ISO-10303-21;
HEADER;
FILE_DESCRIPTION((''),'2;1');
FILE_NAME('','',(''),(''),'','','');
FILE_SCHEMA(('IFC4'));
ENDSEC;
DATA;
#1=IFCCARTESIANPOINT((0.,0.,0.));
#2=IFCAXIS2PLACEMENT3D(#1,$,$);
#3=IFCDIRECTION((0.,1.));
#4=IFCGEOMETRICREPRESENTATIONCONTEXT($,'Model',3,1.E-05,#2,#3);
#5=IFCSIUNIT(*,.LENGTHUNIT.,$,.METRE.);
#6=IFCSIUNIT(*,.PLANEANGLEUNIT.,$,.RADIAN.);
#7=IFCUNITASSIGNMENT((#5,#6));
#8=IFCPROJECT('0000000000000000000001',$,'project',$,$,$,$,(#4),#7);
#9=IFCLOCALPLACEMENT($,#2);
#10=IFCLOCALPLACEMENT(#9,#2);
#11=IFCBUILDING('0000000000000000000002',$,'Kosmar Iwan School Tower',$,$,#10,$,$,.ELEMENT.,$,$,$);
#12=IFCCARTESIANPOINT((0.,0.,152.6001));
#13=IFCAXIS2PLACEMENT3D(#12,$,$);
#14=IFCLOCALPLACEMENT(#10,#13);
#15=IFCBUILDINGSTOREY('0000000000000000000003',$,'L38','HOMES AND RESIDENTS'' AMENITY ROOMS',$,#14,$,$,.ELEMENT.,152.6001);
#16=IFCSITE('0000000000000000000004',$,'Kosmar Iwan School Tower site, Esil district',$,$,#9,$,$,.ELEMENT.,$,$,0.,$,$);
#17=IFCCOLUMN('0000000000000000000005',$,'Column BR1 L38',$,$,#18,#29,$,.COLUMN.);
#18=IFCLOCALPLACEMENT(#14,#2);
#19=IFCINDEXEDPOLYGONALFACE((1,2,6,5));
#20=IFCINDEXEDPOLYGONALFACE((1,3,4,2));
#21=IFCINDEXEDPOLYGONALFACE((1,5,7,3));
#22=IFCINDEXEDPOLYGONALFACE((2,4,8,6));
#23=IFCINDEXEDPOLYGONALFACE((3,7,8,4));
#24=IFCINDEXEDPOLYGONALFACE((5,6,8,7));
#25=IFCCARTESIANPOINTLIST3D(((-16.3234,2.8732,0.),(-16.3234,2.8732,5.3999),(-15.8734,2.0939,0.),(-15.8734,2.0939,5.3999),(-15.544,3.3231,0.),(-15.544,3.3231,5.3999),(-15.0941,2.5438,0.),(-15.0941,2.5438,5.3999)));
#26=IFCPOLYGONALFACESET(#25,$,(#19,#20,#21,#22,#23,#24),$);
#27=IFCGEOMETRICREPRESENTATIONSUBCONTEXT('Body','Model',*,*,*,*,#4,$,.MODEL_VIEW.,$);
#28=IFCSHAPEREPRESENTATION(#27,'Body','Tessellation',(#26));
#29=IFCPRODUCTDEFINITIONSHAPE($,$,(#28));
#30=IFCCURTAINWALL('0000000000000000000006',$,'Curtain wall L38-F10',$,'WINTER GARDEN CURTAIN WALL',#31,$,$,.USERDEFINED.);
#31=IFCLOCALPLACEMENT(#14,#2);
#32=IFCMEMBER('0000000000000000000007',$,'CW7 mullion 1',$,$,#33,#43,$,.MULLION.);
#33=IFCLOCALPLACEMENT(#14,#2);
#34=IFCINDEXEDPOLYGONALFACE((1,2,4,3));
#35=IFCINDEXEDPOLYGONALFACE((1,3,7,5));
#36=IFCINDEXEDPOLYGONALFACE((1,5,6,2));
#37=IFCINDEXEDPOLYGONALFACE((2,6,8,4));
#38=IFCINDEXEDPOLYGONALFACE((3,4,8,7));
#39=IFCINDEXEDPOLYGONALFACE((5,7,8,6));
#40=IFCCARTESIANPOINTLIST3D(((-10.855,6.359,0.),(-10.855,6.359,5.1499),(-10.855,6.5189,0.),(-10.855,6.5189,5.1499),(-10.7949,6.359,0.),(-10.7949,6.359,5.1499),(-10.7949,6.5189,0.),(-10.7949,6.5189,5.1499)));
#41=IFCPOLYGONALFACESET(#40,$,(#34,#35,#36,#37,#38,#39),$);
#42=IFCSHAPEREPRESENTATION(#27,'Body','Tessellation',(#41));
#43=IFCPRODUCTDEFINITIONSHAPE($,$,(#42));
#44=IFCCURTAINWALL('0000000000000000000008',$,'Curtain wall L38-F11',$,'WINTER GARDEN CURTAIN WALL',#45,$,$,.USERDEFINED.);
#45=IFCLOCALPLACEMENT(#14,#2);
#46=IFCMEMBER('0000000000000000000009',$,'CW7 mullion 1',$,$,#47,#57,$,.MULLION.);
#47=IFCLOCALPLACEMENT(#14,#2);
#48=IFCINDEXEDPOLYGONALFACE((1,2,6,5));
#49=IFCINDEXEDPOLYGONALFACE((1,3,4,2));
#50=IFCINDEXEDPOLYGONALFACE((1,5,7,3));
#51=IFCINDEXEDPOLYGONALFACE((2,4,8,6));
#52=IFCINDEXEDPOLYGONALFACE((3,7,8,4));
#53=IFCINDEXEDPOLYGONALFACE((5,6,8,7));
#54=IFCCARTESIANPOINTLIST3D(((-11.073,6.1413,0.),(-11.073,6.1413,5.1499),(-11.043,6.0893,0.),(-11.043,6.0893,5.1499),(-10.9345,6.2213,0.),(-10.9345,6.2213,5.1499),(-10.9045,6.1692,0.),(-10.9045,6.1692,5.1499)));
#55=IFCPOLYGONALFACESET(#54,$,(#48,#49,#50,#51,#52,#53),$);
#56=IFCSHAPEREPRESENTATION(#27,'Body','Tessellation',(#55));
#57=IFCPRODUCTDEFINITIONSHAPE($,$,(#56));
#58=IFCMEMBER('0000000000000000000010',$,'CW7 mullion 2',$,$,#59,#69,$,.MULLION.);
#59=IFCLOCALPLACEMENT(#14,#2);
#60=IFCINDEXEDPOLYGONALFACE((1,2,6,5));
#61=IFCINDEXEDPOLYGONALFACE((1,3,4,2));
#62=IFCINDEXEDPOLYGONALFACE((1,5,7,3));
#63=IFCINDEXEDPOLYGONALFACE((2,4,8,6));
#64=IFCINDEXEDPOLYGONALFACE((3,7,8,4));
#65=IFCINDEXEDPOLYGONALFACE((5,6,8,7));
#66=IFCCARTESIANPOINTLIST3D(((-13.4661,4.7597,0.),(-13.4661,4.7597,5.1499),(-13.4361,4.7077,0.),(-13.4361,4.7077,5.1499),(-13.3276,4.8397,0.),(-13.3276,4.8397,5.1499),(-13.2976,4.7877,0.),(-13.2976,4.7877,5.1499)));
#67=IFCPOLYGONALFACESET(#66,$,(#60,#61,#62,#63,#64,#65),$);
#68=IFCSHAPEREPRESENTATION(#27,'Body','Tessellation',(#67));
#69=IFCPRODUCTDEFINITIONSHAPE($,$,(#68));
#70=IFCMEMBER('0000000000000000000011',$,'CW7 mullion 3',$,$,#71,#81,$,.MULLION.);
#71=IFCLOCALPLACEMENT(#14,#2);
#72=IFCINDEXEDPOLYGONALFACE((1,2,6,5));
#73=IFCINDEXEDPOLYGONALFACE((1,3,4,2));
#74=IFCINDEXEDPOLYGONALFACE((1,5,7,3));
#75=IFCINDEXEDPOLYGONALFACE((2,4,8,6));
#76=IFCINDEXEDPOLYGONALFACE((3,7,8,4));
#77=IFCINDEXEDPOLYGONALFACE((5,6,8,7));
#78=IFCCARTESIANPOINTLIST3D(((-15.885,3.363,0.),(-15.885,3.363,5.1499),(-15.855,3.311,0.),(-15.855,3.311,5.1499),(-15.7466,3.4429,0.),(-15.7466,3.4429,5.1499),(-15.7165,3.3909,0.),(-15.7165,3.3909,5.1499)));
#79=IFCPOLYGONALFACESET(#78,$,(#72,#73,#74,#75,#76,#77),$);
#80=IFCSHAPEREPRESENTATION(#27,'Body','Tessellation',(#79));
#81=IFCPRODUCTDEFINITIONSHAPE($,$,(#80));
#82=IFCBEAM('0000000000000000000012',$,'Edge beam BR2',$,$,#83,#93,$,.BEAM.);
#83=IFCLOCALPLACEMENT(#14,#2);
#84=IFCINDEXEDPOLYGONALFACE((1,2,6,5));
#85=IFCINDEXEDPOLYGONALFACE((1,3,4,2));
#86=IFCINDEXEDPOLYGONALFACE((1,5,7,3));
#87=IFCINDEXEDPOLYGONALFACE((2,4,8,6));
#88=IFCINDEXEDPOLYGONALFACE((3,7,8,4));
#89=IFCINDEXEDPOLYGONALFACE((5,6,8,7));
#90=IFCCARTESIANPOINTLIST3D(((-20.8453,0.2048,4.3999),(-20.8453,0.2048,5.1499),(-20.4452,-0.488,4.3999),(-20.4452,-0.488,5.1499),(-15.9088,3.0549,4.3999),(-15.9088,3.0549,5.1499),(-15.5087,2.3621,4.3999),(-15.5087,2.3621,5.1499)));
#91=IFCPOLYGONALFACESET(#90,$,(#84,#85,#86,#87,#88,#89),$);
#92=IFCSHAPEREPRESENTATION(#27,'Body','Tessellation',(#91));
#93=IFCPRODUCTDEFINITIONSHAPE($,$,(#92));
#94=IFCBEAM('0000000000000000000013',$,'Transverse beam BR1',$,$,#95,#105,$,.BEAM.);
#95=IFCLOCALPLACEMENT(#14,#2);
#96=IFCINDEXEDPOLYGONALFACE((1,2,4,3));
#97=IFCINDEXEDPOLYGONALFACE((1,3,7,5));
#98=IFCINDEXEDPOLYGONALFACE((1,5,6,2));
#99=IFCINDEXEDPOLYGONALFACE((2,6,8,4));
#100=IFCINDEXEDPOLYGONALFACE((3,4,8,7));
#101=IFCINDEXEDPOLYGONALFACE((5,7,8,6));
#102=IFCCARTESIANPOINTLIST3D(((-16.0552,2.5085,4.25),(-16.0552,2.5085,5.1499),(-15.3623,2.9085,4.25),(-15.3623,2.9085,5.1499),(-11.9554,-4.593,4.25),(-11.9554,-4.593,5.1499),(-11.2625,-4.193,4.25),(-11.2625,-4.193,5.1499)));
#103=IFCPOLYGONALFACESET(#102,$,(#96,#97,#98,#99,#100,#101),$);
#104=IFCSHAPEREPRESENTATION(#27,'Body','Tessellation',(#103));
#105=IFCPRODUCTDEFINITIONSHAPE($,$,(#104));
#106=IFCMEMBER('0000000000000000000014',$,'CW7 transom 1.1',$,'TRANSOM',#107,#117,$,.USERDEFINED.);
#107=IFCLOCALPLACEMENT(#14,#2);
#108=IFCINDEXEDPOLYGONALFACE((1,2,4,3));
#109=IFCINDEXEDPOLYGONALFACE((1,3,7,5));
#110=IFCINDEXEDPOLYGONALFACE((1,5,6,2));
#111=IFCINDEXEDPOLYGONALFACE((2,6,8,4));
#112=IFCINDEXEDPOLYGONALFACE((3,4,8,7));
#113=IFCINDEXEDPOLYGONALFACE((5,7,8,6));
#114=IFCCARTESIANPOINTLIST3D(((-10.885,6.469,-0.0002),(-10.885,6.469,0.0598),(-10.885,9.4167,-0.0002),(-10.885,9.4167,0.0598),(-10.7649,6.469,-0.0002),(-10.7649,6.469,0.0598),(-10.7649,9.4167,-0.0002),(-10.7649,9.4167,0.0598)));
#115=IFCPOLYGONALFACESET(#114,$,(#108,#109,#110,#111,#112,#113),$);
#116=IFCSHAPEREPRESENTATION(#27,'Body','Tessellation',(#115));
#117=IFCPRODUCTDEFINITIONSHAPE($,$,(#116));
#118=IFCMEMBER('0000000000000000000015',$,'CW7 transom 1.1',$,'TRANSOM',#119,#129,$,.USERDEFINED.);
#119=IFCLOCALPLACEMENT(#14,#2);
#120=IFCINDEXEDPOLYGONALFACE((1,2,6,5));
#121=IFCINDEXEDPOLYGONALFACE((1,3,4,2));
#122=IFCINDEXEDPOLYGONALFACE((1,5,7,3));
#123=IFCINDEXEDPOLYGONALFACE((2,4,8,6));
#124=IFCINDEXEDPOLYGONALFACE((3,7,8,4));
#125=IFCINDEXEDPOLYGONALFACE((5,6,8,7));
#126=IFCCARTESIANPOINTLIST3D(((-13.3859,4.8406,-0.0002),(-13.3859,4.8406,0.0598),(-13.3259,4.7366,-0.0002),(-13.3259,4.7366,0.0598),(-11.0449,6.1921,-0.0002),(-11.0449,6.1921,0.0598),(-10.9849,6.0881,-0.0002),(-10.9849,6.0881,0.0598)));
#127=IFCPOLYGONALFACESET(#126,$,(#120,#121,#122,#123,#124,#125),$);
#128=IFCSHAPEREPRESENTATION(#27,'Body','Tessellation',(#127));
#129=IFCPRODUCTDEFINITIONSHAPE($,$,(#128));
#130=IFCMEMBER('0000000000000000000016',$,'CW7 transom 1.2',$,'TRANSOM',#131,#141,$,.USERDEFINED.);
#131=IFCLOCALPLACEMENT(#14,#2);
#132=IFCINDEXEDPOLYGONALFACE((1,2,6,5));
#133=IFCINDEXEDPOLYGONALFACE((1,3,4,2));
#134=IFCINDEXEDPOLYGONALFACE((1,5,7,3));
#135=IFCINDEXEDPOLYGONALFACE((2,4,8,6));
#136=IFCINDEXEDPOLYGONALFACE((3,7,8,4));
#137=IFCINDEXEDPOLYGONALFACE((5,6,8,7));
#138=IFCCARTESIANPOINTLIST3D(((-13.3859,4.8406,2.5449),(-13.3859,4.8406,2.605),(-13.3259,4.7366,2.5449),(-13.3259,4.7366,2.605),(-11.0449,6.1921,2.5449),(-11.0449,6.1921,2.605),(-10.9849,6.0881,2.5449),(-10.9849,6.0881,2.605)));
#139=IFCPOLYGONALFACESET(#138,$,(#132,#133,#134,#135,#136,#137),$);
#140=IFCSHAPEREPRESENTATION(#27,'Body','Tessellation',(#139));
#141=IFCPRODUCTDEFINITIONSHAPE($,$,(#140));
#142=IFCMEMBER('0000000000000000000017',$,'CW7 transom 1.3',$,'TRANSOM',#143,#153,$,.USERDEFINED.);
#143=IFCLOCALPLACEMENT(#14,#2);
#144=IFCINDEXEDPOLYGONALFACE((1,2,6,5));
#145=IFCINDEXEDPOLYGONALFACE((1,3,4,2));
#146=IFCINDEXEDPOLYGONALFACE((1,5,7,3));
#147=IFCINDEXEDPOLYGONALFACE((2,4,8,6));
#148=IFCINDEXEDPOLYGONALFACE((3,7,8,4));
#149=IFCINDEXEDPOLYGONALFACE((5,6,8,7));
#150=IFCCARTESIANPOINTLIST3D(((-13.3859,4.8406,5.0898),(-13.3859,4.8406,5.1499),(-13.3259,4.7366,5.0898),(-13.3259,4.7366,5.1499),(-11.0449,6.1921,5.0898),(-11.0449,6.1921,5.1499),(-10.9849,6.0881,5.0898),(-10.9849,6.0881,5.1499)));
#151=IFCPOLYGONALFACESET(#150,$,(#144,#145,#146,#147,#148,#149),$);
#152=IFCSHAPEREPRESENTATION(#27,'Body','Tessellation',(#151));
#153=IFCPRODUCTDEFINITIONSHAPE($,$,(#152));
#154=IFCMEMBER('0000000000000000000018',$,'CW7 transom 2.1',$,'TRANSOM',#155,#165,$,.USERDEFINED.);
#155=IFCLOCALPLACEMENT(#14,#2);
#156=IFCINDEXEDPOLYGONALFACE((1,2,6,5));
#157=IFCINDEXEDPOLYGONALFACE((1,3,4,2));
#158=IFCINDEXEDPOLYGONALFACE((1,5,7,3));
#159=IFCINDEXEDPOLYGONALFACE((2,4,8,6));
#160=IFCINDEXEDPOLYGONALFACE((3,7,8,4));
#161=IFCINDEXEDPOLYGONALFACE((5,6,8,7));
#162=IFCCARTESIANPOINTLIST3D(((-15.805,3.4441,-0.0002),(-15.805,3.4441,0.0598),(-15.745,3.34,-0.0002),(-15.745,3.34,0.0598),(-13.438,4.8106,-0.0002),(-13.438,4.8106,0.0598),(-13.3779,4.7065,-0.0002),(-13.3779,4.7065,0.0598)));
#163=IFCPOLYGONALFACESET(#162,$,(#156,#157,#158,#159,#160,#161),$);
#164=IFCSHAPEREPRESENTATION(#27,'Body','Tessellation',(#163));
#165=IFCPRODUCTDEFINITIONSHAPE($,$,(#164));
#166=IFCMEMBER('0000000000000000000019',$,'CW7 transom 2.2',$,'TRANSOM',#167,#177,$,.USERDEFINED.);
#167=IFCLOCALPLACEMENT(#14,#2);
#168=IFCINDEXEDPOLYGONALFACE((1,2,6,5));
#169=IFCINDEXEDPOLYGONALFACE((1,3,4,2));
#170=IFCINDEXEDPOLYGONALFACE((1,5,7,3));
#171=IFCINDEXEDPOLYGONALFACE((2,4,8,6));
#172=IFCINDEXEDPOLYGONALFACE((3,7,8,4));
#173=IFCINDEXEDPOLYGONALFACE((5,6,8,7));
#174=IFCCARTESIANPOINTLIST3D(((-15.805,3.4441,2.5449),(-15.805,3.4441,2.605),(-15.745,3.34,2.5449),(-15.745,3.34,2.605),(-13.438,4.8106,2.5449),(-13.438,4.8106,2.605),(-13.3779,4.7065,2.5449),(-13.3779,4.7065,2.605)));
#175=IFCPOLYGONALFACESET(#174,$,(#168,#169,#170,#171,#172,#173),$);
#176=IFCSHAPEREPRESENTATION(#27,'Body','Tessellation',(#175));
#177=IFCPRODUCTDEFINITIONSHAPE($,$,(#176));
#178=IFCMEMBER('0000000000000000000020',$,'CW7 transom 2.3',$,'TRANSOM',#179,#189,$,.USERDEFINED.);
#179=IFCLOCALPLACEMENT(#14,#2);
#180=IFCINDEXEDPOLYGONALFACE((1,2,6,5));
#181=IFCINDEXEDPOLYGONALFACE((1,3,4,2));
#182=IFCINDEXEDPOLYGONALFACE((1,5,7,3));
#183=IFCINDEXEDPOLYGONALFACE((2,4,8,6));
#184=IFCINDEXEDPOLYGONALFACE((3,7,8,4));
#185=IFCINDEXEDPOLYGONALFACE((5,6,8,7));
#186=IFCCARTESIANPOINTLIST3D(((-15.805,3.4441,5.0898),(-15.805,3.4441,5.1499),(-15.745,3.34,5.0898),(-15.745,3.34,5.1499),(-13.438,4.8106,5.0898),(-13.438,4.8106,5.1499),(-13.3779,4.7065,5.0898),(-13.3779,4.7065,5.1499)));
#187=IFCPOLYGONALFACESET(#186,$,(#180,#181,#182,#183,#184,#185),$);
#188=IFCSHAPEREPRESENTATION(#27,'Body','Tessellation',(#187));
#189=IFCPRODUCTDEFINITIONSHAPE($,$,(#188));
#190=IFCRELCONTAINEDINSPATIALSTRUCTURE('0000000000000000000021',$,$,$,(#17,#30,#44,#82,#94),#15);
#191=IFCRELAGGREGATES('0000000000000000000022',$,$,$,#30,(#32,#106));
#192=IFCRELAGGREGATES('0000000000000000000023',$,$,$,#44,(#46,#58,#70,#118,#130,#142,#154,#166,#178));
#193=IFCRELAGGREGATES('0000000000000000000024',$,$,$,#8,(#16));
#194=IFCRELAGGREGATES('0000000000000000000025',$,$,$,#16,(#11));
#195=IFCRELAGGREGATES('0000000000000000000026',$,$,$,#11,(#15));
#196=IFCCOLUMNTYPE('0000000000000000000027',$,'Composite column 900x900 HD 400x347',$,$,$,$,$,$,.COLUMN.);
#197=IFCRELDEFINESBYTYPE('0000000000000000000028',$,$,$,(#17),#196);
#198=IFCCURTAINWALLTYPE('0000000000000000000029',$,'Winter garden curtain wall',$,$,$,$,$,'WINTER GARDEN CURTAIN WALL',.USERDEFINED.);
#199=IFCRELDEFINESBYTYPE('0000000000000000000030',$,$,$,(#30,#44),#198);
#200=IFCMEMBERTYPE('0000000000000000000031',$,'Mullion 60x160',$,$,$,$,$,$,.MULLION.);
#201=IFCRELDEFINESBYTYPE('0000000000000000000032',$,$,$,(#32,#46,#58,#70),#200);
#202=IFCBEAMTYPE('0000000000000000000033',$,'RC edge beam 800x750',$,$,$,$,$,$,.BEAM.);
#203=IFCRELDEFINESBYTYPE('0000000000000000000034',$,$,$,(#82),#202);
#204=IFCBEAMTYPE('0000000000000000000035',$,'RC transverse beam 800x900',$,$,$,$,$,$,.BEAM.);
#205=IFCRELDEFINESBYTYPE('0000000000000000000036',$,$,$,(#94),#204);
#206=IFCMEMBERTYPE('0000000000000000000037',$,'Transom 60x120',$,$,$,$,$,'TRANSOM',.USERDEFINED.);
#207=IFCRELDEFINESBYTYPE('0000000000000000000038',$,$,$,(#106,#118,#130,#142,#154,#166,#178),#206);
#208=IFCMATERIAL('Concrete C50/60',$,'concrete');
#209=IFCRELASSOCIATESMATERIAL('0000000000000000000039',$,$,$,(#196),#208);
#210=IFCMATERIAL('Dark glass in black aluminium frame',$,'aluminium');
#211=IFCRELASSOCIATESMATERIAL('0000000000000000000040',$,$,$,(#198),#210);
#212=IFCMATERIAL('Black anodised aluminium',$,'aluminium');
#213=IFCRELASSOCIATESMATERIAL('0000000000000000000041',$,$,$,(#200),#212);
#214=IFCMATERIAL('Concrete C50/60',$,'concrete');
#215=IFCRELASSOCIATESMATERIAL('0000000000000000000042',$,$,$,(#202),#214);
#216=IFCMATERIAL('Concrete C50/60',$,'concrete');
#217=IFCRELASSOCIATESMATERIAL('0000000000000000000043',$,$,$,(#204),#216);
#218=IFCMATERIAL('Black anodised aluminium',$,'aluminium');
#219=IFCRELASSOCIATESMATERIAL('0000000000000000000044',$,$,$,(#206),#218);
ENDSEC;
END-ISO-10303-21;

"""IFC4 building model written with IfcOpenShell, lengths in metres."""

from ifc_helpers import new_model, si_unit, direction, frame, origin, origin_2d, place, context, subcontext, project, spatial, rectangle, extrude, material, material_profile, profile_set, type_object, element, aggregate, save


model = new_model("IFC4")

# Units and contexts
model_context = context("Model", 3, precision=1e-05, world=origin(), true_north=direction((0.0, 1.0)))
body_context = subcontext(model_context, "Body", "Model", "MODEL_VIEW")
ifc_project = project(units=[si_unit("LENGTHUNIT", "METRE"), si_unit("PLANEANGLEUNIT", "RADIAN")], contexts=[model_context])

# Site, building, storey
site_placement = place(None, origin())
site = spatial("IfcSite", under=ifc_project, at=site_placement, Name="Kosmar Iwan School Tower site, Esil district", CompositionType="ELEMENT", RefElevation=0.0)
building_placement = place(site_placement, origin())
building = spatial("IfcBuilding", under=site, at=building_placement, Name="Kosmar Iwan School Tower", CompositionType="ELEMENT")
storey_placement = place(building_placement, frame((0.0, 0.0, 152.6001)))
storey = spatial("IfcBuildingStorey", under=building, at=storey_placement, Name="L38", Description="HOMES AND RESIDENTS' AMENITY ROOMS", CompositionType="ELEMENT", Elevation=152.6001)

# Column
ifc_material_1 = material(Name="Concrete C50/60", Category="concrete")
ifc_material_profile_1 = material_profile(ifc_material_1, rectangle(XDim=0.8999, YDim=0.8999, at=origin_2d()), Name="RC 900x900 + HD 400x347")
ifc_profile_set_1 = profile_set([ifc_material_profile_1], Name="Concrete C50/60")
column_type = type_object("IfcColumnType", Name="Composite column 900x900 HD 400x347", PredefinedType="COLUMN", material=ifc_profile_set_1)
column_placement = place(storey_placement, frame((-15.7087, 2.7085, 0.0), z_axis=(0.0, 0.0, 1.0), x_axis=(-0.866025, -0.5, 0.0)))
element("IfcColumn", 1, at=column_placement, inside=storey, type_object=column_type, Name="Column BR1 L38", PredefinedType="COLUMN", context=body_context, shape_type="SweptSolid", body=[
    extrude(rectangle(XDim=0.8999, YDim=0.8999, at=origin_2d()), origin(), (0.0, 0.0, 1.0), 5.3999),
])

# Curtain wall, member
ifc_material_2 = material(Name="Dark glass in black aluminium frame", Category="aluminium")
curtain_wall_type = type_object("IfcCurtainWallType", Name="Winter garden curtain wall", ElementType="WINTER GARDEN CURTAIN WALL", PredefinedType="USERDEFINED", material=ifc_material_2)
curtain_wall_1_placement = place(storey_placement, origin())
curtain_wall_1 = element("IfcCurtainWall", 2, at=curtain_wall_1_placement, inside=storey, type_object=curtain_wall_type, Name="Curtain wall L38-F10", ObjectType="WINTER GARDEN CURTAIN WALL", PredefinedType="USERDEFINED")
ifc_material_3 = material(Name="Black anodised aluminium", Category="aluminium")
ifc_material_profile_2 = material_profile(ifc_material_3, rectangle(XDim=0.0601, YDim=0.1599, at=origin_2d()), Name="MULLION 60x160")
ifc_profile_set_2 = profile_set([ifc_material_profile_2], Name="Black anodised aluminium")
member_type_1 = type_object("IfcMemberType", Name="Mullion 60x160", PredefinedType="MULLION", material=ifc_profile_set_2)
member_1_placement = place(storey_placement, frame((-10.825, 6.439, 0.0), z_axis=(0.0, 0.0, 1.0), x_axis=(-1.0, 0.0, 0.0)))
member_1 = element("IfcMember", 3, at=member_1_placement, type_object=member_type_1, Name="CW7 mullion 1", PredefinedType="MULLION", context=body_context, shape_type="SweptSolid", body=[
    extrude(rectangle(XDim=0.0601, YDim=0.1599, at=origin_2d()), origin(), (0.0, 0.0, 1.0), 5.1499),
])

# Curtain wall, members
curtain_wall_2_placement = place(storey_placement, origin())
curtain_wall_2 = element("IfcCurtainWall", 4, at=curtain_wall_2_placement, inside=storey, type_object=curtain_wall_type, Name="Curtain wall L38-F11", ObjectType="WINTER GARDEN CURTAIN WALL", PredefinedType="USERDEFINED")
member_2_placement = place(storey_placement, frame((-10.9888, 6.1553, 0.0), z_axis=(0.0, 0.0, 1.0), x_axis=(0.5, -0.866025, 0.0)))
member_2 = element("IfcMember", 5, at=member_2_placement, type_object=member_type_1, Name="CW7 mullion 1", PredefinedType="MULLION", context=body_context, shape_type="SweptSolid", body=[
    extrude(rectangle(XDim=0.0601, YDim=0.1599, at=origin_2d()), origin(), (0.0, 0.0, 1.0), 5.1499),
])
member_3_placement = place(storey_placement, frame((-13.3818, 4.7737, 0.0), z_axis=(0.0, 0.0, 1.0), x_axis=(0.5, -0.866025, 0.0)))
member_3 = element("IfcMember", 6, at=member_3_placement, type_object=member_type_1, Name="CW7 mullion 2", PredefinedType="MULLION", context=body_context, shape_type="SweptSolid", body=[
    extrude(rectangle(XDim=0.0601, YDim=0.1599, at=origin_2d()), origin(), (0.0, 0.0, 1.0), 5.1499),
])
member_4_placement = place(storey_placement, frame((-15.8008, 3.377, 0.0), z_axis=(0.0, 0.0, 1.0), x_axis=(0.5, -0.866025, 0.0)))
member_4 = element("IfcMember", 7, at=member_4_placement, type_object=member_type_1, Name="CW7 mullion 3", PredefinedType="MULLION", context=body_context, shape_type="SweptSolid", body=[
    extrude(rectangle(XDim=0.0601, YDim=0.1599, at=origin_2d()), origin(), (0.0, 0.0, 1.0), 5.1499),
])

# Beams
ifc_material_4 = material(Name="Concrete C50/60", Category="concrete")
ifc_material_profile_3 = material_profile(ifc_material_4, rectangle(XDim=0.8, YDim=0.75, at=origin_2d()), Name="RC 800x750")
ifc_profile_set_3 = profile_set([ifc_material_profile_3], Name="Concrete C50/60")
beam_type_1 = type_object("IfcBeamType", Name="RC edge beam 800x750", PredefinedType="BEAM", material=ifc_profile_set_3)
beam_1_placement = place(storey_placement, frame((-15.7087, 2.7085, 4.7749), z_axis=(-0.866026, -0.499999, 0.0), x_axis=(0.499999, -0.866026, 0.0)))
element("IfcBeam", 8, at=beam_1_placement, inside=storey, type_object=beam_type_1, Name="Edge beam BR2", PredefinedType="BEAM", context=body_context, shape_type="SweptSolid", body=[
    extrude(rectangle(XDim=0.8, YDim=0.75, at=origin_2d()), origin(), (0.0, 0.0, 1.0), 5.7002),
])
ifc_material_5 = material(Name="Concrete C50/60", Category="concrete")
ifc_material_profile_4 = material_profile(ifc_material_5, rectangle(XDim=0.8, YDim=0.8999, at=origin_2d()), Name="RC 800x900")
ifc_profile_set_4 = profile_set([ifc_material_profile_4], Name="Concrete C50/60")
beam_type_2 = type_object("IfcBeamType", Name="RC transverse beam 800x900", PredefinedType="BEAM", material=ifc_profile_set_4)
beam_2_placement = place(storey_placement, frame((-15.7087, 2.7085, 4.7), z_axis=(0.499978, -0.866038, 0.0), x_axis=(0.866038, 0.499978, 0.0)))
element("IfcBeam", 9, at=beam_2_placement, inside=storey, type_object=beam_type_2, Name="Transverse beam BR1", PredefinedType="BEAM", context=body_context, shape_type="SweptSolid", body=[
    extrude(rectangle(XDim=0.8, YDim=0.8999, at=origin_2d()), origin(), (0.0, 0.0, 1.0), 8.2),
])

# Members
ifc_material_6 = material(Name="Black anodised aluminium", Category="aluminium")
ifc_material_profile_5 = material_profile(ifc_material_6, rectangle(XDim=0.1201, YDim=0.0601, at=origin_2d()), Name="TRANSOM 60x120")
ifc_profile_set_5 = profile_set([ifc_material_profile_5], Name="Black anodised aluminium")
member_type_2 = type_object("IfcMemberType", Name="Transom 60x120", ElementType="TRANSOM", PredefinedType="USERDEFINED", material=ifc_profile_set_5)
member_5_placement = place(storey_placement, frame((-10.825, 6.469, 0.0298), z_axis=(0.0, 1.0, 0.0), x_axis=(-1.0, 0.0, 0.0)))
member_5 = element("IfcMember", 10, at=member_5_placement, type_object=member_type_2, Name="CW7 transom 1.1", ObjectType="TRANSOM", PredefinedType="USERDEFINED", context=body_context, shape_type="SweptSolid", body=[
    extrude(rectangle(XDim=0.1201, YDim=0.0601, at=origin_2d()), origin(), (0.0, 0.0, 1.0), 2.9478),
])
aggregate(curtain_wall_1, [member_1, member_5])
member_6_placement = place(storey_placement, frame((-11.0149, 6.1401, 0.0298), z_axis=(-0.866034, -0.499986, 0.0), x_axis=(0.499986, -0.866034, 0.0)))
member_6 = element("IfcMember", 11, at=member_6_placement, type_object=member_type_2, Name="CW7 transom 1.1", ObjectType="TRANSOM", PredefinedType="USERDEFINED", context=body_context, shape_type="SweptSolid", body=[
    extrude(rectangle(XDim=0.1201, YDim=0.0601, at=origin_2d()), origin(), (0.0, 0.0, 1.0), 2.7031),
])
member_7_placement = place(storey_placement, frame((-11.0149, 6.1401, 2.575), z_axis=(-0.866034, -0.499986, 0.0), x_axis=(0.499986, -0.866034, 0.0)))
member_7 = element("IfcMember", 12, at=member_7_placement, type_object=member_type_2, Name="CW7 transom 1.2", ObjectType="TRANSOM", PredefinedType="USERDEFINED", context=body_context, shape_type="SweptSolid", body=[
    extrude(rectangle(XDim=0.1201, YDim=0.0601, at=origin_2d()), origin(), (0.0, 0.0, 1.0), 2.7031),
])
member_8_placement = place(storey_placement, frame((-11.0149, 6.1401, 5.1199), z_axis=(-0.866034, -0.499986, 0.0), x_axis=(0.499986, -0.866034, 0.0)))
member_8 = element("IfcMember", 13, at=member_8_placement, type_object=member_type_2, Name="CW7 transom 1.3", ObjectType="TRANSOM", PredefinedType="USERDEFINED", context=body_context, shape_type="SweptSolid", body=[
    extrude(rectangle(XDim=0.1201, YDim=0.0601, at=origin_2d()), origin(), (0.0, 0.0, 1.0), 2.7031),
])
member_9_placement = place(storey_placement, frame((-13.408, 4.7585, 0.0298), z_axis=(-0.866041, -0.499972, 0.0), x_axis=(0.499972, -0.866041, 0.0)))
member_9 = element("IfcMember", 14, at=member_9_placement, type_object=member_type_2, Name="CW7 transom 2.1", ObjectType="TRANSOM", PredefinedType="USERDEFINED", context=body_context, shape_type="SweptSolid", body=[
    extrude(rectangle(XDim=0.1201, YDim=0.0601, at=origin_2d()), origin(), (0.0, 0.0, 1.0), 2.7332),
])
member_10_placement = place(storey_placement, frame((-13.408, 4.7585, 2.575), z_axis=(-0.866041, -0.499972, 0.0), x_axis=(0.499972, -0.866041, 0.0)))
member_10 = element("IfcMember", 15, at=member_10_placement, type_object=member_type_2, Name="CW7 transom 2.2", ObjectType="TRANSOM", PredefinedType="USERDEFINED", context=body_context, shape_type="SweptSolid", body=[
    extrude(rectangle(XDim=0.1201, YDim=0.0601, at=origin_2d()), origin(), (0.0, 0.0, 1.0), 2.7332),
])
member_11_placement = place(storey_placement, frame((-13.408, 4.7585, 5.1199), z_axis=(-0.866041, -0.499972, 0.0), x_axis=(0.499972, -0.866041, 0.0)))
member_11 = element("IfcMember", 16, at=member_11_placement, type_object=member_type_2, Name="CW7 transom 2.3", ObjectType="TRANSOM", PredefinedType="USERDEFINED", context=body_context, shape_type="SweptSolid", body=[
    extrude(rectangle(XDim=0.1201, YDim=0.0601, at=origin_2d()), origin(), (0.0, 0.0, 1.0), 2.7332),
])

aggregate(curtain_wall_2, [member_2, member_3, member_4, member_6, member_7, member_8, member_9, member_10, member_11])

save(model, "model.ifc")
